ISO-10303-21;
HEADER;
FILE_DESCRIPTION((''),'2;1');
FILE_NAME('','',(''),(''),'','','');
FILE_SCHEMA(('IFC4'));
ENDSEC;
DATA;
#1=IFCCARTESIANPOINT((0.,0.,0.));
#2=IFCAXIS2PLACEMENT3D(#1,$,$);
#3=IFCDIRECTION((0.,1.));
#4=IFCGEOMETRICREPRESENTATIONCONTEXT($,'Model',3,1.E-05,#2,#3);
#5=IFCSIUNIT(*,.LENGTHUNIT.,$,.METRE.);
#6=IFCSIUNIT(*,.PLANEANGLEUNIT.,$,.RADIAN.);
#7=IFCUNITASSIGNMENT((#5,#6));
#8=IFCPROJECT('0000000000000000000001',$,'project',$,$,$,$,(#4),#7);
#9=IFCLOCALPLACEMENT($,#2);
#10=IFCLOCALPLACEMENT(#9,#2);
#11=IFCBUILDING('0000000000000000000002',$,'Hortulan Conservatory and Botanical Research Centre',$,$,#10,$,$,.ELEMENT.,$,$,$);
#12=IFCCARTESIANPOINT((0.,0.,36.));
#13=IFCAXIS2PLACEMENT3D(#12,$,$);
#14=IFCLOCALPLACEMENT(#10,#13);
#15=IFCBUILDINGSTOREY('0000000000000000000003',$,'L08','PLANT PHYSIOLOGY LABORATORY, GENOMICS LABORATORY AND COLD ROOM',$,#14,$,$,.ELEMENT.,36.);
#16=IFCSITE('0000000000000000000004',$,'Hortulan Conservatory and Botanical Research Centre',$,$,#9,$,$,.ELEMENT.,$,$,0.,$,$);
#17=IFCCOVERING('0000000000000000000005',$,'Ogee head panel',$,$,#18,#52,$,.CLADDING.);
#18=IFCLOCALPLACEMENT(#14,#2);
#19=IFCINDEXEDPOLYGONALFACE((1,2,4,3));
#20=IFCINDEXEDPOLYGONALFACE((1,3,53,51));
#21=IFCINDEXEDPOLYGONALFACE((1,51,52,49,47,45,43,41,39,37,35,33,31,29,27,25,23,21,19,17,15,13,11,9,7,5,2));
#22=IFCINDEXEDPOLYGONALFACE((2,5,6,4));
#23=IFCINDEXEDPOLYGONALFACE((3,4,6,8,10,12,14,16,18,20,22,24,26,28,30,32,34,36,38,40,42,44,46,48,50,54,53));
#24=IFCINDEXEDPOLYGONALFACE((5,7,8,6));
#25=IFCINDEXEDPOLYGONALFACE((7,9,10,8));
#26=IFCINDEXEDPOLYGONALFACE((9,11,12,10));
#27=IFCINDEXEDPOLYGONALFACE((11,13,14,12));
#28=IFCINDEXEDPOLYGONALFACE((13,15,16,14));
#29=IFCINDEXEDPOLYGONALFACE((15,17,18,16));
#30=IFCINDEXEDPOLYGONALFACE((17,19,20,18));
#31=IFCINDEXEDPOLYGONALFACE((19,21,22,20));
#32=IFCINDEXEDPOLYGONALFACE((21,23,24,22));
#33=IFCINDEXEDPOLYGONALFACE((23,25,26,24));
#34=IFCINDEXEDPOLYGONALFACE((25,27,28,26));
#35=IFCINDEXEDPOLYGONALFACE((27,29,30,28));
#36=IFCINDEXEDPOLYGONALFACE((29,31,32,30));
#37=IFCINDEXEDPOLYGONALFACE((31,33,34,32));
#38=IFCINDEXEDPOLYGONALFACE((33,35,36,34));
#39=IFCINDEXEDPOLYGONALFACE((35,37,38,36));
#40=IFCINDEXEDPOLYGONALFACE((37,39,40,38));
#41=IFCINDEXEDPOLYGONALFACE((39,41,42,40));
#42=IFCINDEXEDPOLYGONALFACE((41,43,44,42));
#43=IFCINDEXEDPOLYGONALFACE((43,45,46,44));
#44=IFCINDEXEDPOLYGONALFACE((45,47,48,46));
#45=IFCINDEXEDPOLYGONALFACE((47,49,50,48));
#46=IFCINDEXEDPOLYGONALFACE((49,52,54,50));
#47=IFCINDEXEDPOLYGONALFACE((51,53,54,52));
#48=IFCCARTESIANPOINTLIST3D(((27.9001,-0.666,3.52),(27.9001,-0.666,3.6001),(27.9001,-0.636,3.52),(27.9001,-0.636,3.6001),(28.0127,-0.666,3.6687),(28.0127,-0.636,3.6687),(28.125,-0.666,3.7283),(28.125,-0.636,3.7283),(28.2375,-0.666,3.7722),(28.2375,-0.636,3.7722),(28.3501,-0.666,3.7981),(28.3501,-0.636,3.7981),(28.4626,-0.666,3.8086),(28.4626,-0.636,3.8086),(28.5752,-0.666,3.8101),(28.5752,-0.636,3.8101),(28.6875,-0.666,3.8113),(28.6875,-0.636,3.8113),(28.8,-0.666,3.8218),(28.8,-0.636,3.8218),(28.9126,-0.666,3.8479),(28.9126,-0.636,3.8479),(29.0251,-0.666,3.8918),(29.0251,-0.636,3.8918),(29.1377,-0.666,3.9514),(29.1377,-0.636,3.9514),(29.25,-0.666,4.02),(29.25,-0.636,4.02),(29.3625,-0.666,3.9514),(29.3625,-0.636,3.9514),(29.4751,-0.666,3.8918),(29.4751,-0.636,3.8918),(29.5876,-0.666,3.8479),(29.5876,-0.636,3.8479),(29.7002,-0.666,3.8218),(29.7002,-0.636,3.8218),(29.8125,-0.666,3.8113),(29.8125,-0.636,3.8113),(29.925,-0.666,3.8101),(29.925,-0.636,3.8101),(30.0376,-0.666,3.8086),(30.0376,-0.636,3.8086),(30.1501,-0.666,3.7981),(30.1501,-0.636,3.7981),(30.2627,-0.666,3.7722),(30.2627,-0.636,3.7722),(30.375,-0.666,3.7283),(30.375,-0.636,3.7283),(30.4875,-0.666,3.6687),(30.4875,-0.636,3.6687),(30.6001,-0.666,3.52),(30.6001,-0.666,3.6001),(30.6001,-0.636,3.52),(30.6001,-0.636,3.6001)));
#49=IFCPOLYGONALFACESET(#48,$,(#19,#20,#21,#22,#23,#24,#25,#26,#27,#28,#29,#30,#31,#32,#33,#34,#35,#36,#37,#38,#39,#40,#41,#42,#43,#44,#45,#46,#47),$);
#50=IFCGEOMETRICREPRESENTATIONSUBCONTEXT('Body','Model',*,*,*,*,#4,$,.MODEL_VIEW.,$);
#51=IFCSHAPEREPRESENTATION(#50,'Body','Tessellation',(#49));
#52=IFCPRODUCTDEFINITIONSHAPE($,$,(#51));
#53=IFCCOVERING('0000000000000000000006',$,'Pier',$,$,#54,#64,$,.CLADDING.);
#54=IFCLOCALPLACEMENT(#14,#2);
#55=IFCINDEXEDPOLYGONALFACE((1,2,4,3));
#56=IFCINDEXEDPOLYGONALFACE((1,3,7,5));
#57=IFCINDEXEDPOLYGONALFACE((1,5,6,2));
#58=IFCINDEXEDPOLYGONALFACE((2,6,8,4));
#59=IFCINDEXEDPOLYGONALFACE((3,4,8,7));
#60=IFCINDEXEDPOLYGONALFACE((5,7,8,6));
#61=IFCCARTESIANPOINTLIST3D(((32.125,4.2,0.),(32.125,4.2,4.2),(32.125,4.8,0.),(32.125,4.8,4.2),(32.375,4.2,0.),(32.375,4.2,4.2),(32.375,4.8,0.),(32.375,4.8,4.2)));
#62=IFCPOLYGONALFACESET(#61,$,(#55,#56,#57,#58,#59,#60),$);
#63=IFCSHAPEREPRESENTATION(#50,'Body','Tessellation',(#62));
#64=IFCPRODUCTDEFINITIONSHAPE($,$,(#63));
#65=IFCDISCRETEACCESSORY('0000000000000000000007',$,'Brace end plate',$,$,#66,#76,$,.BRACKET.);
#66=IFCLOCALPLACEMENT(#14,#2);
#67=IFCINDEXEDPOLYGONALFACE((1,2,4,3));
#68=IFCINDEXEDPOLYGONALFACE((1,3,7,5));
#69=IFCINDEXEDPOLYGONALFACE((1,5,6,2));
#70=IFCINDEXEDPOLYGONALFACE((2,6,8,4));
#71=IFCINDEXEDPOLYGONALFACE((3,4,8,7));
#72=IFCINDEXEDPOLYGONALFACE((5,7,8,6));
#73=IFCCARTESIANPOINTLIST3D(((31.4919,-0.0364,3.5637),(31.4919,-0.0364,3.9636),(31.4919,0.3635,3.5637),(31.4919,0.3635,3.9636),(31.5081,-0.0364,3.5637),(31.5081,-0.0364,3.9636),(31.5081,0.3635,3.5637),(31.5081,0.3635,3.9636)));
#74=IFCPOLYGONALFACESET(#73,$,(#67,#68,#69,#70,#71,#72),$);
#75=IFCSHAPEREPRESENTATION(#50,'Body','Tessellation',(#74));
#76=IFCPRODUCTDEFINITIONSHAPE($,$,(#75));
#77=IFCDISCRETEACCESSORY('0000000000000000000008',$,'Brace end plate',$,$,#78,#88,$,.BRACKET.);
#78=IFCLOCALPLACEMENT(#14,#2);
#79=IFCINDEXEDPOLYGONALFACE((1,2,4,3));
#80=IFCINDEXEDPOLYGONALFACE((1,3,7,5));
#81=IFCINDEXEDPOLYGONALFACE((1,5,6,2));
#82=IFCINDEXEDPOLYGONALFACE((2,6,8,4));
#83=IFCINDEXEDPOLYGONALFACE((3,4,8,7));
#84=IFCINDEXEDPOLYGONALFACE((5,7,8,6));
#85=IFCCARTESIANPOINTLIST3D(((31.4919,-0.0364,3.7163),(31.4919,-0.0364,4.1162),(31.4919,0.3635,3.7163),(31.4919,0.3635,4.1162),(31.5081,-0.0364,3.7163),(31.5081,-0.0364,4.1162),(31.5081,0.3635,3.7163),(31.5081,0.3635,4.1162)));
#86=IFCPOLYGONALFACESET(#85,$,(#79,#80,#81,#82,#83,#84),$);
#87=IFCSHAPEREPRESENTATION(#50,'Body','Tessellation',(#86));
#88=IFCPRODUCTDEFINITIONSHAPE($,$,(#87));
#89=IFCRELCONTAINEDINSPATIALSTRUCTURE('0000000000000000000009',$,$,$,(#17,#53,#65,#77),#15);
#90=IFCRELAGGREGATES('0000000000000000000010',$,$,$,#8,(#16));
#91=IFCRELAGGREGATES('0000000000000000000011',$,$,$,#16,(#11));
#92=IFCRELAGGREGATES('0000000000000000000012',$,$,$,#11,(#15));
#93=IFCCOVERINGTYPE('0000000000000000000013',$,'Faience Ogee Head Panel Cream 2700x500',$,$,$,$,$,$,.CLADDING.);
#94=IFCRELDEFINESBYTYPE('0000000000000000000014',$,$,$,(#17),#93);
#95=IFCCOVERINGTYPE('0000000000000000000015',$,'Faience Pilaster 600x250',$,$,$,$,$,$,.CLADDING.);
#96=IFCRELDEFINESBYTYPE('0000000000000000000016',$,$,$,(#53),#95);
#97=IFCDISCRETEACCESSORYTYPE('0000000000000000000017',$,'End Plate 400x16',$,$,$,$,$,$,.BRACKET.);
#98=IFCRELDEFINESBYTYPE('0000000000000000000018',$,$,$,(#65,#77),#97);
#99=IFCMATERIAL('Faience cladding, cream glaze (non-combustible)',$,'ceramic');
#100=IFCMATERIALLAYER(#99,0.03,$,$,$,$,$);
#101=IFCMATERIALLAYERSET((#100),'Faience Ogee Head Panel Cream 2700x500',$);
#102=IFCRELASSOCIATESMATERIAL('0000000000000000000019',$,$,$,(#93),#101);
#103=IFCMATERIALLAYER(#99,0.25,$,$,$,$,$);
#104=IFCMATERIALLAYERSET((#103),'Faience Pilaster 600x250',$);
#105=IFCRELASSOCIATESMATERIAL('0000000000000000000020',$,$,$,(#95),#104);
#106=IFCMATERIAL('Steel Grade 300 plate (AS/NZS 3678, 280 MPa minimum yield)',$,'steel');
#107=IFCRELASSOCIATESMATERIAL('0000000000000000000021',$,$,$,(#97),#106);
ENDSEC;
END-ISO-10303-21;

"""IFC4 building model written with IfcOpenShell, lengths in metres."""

from ifc_helpers import new_model, si_unit, direction, frame, origin, origin_2d, place, context, subcontext, project, spatial, polyline, rectangle, outline, extrude, material, layer, layer_set, type_object, element, save


model = new_model("IFC4")

# Units and contexts
model_context = context("Model", 3, precision=1e-05, world=origin(), true_north=direction((0.0, 1.0)))
body_context = subcontext(model_context, "Body", "Model", "MODEL_VIEW")
ifc_project = project(units=[si_unit("LENGTHUNIT", "METRE"), si_unit("PLANEANGLEUNIT", "RADIAN")], contexts=[model_context])

# Site, building, storey
site_placement = place(None, origin())
site = spatial("IfcSite", under=ifc_project, at=site_placement, Name="Hortulan Conservatory and Botanical Research Centre", CompositionType="ELEMENT", RefElevation=0.0)
building_placement = place(site_placement, origin())
building = spatial("IfcBuilding", under=site, at=building_placement, Name="Hortulan Conservatory and Botanical Research Centre", CompositionType="ELEMENT")
storey_placement = place(building_placement, frame((0.0, 0.0, 36.0)))
storey = spatial("IfcBuildingStorey", under=building, at=storey_placement, Name="L08", Description="PLANT PHYSIOLOGY LABORATORY, GENOMICS LABORATORY AND COLD ROOM", CompositionType="ELEMENT", Elevation=36.0)

# Coverings
ifc_material_1 = material(Name="Faience cladding, cream glaze (non-combustible)", Category="ceramic")
ifc_layer_1 = layer(ifc_material_1, 0.03)
ifc_layer_set_1 = layer_set([ifc_layer_1], Name="Faience Ogee Head Panel Cream 2700x500")
covering_type_1 = type_object("IfcCoveringType", Name="Faience Ogee Head Panel Cream 2700x500", PredefinedType="CLADDING", material=ifc_layer_set_1)
covering_1_placement = place(storey_placement, frame((30.6001, -0.6509, 3.52), z_axis=(0.0, 0.0, 1.0), x_axis=(-1.0, 0.0, 0.0)))
element("IfcCovering", 1, at=covering_1_placement, inside=storey, type_object=covering_type_1, Name="Ogee head panel", PredefinedType="CLADDING", context=body_context, shape_type="SweptSolid", body=[
    extrude(outline(polyline([(0.0, 0.0), (2.7, 0.0), (2.7, 0.0801), (2.5874, 0.1487), (2.4751, 0.2083), (2.3625, 0.2522), (2.25, 0.2781), (2.1375, 0.2886), (2.0249, 0.29), (1.9126, 0.2913), (1.8, 0.3018), (1.6875, 0.3279), (1.575, 0.3718), (1.4624, 0.4314), (1.3501, 0.5), (1.2375, 0.4314), (1.125, 0.3718), (1.0125, 0.3279), (0.8999, 0.3018), (0.7876, 0.2913), (0.675, 0.29), (0.5625, 0.2886), (0.45, 0.2781), (0.3374, 0.2522), (0.2251, 0.2083), (0.1125, 0.1487), (0.0, 0.0801), (0.0, 0.0)])), frame((0.0, 0.0151, 0.0), z_axis=(0.0, -1.0, 0.0), x_axis=(1.0, 0.0, 0.0)), (0.0, 0.0, 1.0), 0.03),
])
ifc_layer_2 = layer(ifc_material_1, 0.25)
ifc_layer_set_2 = layer_set([ifc_layer_2], Name="Faience Pilaster 600x250")
covering_type_2 = type_object("IfcCoveringType", Name="Faience Pilaster 600x250", PredefinedType="CLADDING", material=ifc_layer_set_2)
covering_2_placement = place(storey_placement, frame((32.25, 4.5, 0.0), z_axis=(0.0, 0.0, 1.0), x_axis=(0.0, 1.0, 0.0)))
element("IfcCovering", 2, at=covering_2_placement, inside=storey, type_object=covering_type_2, Name="Pier", PredefinedType="CLADDING", context=body_context, shape_type="SweptSolid", body=[
    extrude(rectangle(XDim=0.6001, YDim=0.25, at=origin_2d()), origin(), (0.0, 0.0, 1.0), 4.2),
])

# Discrete accessories
ifc_material_2 = material(Name="Steel Grade 300 plate (AS/NZS 3678, 280 MPa minimum yield)", Category="steel")
discrete_accessory_type = type_object("IfcDiscreteAccessoryType", Name="End Plate 400x16", PredefinedType="BRACKET", material=ifc_material_2)
for number, where, z_axis, x_axis, name in (
    (3, (31.5, 0.1636, 3.5637), (0.0, 0.0, 1.0), (0.0, -1.0, 0.0), "Brace end plate"),
    (4, (31.5, 0.1636, 3.7163), (0.0, 0.0, 1.0), (0.0, -1.0, 0.0), "Brace end plate"),
):
    element("IfcDiscreteAccessory", number, at=place(storey_placement, frame(where, z_axis=z_axis, x_axis=x_axis)), inside=storey, type_object=discrete_accessory_type, Name=name, PredefinedType="BRACKET", context=body_context, shape_type="SweptSolid", body=[
        extrude(rectangle(XDim=0.3999, YDim=0.0161, at=origin_2d()), origin(), (0.0, 0.0, 1.0), 0.3999),
    ])

save(model, "model.ifc")
